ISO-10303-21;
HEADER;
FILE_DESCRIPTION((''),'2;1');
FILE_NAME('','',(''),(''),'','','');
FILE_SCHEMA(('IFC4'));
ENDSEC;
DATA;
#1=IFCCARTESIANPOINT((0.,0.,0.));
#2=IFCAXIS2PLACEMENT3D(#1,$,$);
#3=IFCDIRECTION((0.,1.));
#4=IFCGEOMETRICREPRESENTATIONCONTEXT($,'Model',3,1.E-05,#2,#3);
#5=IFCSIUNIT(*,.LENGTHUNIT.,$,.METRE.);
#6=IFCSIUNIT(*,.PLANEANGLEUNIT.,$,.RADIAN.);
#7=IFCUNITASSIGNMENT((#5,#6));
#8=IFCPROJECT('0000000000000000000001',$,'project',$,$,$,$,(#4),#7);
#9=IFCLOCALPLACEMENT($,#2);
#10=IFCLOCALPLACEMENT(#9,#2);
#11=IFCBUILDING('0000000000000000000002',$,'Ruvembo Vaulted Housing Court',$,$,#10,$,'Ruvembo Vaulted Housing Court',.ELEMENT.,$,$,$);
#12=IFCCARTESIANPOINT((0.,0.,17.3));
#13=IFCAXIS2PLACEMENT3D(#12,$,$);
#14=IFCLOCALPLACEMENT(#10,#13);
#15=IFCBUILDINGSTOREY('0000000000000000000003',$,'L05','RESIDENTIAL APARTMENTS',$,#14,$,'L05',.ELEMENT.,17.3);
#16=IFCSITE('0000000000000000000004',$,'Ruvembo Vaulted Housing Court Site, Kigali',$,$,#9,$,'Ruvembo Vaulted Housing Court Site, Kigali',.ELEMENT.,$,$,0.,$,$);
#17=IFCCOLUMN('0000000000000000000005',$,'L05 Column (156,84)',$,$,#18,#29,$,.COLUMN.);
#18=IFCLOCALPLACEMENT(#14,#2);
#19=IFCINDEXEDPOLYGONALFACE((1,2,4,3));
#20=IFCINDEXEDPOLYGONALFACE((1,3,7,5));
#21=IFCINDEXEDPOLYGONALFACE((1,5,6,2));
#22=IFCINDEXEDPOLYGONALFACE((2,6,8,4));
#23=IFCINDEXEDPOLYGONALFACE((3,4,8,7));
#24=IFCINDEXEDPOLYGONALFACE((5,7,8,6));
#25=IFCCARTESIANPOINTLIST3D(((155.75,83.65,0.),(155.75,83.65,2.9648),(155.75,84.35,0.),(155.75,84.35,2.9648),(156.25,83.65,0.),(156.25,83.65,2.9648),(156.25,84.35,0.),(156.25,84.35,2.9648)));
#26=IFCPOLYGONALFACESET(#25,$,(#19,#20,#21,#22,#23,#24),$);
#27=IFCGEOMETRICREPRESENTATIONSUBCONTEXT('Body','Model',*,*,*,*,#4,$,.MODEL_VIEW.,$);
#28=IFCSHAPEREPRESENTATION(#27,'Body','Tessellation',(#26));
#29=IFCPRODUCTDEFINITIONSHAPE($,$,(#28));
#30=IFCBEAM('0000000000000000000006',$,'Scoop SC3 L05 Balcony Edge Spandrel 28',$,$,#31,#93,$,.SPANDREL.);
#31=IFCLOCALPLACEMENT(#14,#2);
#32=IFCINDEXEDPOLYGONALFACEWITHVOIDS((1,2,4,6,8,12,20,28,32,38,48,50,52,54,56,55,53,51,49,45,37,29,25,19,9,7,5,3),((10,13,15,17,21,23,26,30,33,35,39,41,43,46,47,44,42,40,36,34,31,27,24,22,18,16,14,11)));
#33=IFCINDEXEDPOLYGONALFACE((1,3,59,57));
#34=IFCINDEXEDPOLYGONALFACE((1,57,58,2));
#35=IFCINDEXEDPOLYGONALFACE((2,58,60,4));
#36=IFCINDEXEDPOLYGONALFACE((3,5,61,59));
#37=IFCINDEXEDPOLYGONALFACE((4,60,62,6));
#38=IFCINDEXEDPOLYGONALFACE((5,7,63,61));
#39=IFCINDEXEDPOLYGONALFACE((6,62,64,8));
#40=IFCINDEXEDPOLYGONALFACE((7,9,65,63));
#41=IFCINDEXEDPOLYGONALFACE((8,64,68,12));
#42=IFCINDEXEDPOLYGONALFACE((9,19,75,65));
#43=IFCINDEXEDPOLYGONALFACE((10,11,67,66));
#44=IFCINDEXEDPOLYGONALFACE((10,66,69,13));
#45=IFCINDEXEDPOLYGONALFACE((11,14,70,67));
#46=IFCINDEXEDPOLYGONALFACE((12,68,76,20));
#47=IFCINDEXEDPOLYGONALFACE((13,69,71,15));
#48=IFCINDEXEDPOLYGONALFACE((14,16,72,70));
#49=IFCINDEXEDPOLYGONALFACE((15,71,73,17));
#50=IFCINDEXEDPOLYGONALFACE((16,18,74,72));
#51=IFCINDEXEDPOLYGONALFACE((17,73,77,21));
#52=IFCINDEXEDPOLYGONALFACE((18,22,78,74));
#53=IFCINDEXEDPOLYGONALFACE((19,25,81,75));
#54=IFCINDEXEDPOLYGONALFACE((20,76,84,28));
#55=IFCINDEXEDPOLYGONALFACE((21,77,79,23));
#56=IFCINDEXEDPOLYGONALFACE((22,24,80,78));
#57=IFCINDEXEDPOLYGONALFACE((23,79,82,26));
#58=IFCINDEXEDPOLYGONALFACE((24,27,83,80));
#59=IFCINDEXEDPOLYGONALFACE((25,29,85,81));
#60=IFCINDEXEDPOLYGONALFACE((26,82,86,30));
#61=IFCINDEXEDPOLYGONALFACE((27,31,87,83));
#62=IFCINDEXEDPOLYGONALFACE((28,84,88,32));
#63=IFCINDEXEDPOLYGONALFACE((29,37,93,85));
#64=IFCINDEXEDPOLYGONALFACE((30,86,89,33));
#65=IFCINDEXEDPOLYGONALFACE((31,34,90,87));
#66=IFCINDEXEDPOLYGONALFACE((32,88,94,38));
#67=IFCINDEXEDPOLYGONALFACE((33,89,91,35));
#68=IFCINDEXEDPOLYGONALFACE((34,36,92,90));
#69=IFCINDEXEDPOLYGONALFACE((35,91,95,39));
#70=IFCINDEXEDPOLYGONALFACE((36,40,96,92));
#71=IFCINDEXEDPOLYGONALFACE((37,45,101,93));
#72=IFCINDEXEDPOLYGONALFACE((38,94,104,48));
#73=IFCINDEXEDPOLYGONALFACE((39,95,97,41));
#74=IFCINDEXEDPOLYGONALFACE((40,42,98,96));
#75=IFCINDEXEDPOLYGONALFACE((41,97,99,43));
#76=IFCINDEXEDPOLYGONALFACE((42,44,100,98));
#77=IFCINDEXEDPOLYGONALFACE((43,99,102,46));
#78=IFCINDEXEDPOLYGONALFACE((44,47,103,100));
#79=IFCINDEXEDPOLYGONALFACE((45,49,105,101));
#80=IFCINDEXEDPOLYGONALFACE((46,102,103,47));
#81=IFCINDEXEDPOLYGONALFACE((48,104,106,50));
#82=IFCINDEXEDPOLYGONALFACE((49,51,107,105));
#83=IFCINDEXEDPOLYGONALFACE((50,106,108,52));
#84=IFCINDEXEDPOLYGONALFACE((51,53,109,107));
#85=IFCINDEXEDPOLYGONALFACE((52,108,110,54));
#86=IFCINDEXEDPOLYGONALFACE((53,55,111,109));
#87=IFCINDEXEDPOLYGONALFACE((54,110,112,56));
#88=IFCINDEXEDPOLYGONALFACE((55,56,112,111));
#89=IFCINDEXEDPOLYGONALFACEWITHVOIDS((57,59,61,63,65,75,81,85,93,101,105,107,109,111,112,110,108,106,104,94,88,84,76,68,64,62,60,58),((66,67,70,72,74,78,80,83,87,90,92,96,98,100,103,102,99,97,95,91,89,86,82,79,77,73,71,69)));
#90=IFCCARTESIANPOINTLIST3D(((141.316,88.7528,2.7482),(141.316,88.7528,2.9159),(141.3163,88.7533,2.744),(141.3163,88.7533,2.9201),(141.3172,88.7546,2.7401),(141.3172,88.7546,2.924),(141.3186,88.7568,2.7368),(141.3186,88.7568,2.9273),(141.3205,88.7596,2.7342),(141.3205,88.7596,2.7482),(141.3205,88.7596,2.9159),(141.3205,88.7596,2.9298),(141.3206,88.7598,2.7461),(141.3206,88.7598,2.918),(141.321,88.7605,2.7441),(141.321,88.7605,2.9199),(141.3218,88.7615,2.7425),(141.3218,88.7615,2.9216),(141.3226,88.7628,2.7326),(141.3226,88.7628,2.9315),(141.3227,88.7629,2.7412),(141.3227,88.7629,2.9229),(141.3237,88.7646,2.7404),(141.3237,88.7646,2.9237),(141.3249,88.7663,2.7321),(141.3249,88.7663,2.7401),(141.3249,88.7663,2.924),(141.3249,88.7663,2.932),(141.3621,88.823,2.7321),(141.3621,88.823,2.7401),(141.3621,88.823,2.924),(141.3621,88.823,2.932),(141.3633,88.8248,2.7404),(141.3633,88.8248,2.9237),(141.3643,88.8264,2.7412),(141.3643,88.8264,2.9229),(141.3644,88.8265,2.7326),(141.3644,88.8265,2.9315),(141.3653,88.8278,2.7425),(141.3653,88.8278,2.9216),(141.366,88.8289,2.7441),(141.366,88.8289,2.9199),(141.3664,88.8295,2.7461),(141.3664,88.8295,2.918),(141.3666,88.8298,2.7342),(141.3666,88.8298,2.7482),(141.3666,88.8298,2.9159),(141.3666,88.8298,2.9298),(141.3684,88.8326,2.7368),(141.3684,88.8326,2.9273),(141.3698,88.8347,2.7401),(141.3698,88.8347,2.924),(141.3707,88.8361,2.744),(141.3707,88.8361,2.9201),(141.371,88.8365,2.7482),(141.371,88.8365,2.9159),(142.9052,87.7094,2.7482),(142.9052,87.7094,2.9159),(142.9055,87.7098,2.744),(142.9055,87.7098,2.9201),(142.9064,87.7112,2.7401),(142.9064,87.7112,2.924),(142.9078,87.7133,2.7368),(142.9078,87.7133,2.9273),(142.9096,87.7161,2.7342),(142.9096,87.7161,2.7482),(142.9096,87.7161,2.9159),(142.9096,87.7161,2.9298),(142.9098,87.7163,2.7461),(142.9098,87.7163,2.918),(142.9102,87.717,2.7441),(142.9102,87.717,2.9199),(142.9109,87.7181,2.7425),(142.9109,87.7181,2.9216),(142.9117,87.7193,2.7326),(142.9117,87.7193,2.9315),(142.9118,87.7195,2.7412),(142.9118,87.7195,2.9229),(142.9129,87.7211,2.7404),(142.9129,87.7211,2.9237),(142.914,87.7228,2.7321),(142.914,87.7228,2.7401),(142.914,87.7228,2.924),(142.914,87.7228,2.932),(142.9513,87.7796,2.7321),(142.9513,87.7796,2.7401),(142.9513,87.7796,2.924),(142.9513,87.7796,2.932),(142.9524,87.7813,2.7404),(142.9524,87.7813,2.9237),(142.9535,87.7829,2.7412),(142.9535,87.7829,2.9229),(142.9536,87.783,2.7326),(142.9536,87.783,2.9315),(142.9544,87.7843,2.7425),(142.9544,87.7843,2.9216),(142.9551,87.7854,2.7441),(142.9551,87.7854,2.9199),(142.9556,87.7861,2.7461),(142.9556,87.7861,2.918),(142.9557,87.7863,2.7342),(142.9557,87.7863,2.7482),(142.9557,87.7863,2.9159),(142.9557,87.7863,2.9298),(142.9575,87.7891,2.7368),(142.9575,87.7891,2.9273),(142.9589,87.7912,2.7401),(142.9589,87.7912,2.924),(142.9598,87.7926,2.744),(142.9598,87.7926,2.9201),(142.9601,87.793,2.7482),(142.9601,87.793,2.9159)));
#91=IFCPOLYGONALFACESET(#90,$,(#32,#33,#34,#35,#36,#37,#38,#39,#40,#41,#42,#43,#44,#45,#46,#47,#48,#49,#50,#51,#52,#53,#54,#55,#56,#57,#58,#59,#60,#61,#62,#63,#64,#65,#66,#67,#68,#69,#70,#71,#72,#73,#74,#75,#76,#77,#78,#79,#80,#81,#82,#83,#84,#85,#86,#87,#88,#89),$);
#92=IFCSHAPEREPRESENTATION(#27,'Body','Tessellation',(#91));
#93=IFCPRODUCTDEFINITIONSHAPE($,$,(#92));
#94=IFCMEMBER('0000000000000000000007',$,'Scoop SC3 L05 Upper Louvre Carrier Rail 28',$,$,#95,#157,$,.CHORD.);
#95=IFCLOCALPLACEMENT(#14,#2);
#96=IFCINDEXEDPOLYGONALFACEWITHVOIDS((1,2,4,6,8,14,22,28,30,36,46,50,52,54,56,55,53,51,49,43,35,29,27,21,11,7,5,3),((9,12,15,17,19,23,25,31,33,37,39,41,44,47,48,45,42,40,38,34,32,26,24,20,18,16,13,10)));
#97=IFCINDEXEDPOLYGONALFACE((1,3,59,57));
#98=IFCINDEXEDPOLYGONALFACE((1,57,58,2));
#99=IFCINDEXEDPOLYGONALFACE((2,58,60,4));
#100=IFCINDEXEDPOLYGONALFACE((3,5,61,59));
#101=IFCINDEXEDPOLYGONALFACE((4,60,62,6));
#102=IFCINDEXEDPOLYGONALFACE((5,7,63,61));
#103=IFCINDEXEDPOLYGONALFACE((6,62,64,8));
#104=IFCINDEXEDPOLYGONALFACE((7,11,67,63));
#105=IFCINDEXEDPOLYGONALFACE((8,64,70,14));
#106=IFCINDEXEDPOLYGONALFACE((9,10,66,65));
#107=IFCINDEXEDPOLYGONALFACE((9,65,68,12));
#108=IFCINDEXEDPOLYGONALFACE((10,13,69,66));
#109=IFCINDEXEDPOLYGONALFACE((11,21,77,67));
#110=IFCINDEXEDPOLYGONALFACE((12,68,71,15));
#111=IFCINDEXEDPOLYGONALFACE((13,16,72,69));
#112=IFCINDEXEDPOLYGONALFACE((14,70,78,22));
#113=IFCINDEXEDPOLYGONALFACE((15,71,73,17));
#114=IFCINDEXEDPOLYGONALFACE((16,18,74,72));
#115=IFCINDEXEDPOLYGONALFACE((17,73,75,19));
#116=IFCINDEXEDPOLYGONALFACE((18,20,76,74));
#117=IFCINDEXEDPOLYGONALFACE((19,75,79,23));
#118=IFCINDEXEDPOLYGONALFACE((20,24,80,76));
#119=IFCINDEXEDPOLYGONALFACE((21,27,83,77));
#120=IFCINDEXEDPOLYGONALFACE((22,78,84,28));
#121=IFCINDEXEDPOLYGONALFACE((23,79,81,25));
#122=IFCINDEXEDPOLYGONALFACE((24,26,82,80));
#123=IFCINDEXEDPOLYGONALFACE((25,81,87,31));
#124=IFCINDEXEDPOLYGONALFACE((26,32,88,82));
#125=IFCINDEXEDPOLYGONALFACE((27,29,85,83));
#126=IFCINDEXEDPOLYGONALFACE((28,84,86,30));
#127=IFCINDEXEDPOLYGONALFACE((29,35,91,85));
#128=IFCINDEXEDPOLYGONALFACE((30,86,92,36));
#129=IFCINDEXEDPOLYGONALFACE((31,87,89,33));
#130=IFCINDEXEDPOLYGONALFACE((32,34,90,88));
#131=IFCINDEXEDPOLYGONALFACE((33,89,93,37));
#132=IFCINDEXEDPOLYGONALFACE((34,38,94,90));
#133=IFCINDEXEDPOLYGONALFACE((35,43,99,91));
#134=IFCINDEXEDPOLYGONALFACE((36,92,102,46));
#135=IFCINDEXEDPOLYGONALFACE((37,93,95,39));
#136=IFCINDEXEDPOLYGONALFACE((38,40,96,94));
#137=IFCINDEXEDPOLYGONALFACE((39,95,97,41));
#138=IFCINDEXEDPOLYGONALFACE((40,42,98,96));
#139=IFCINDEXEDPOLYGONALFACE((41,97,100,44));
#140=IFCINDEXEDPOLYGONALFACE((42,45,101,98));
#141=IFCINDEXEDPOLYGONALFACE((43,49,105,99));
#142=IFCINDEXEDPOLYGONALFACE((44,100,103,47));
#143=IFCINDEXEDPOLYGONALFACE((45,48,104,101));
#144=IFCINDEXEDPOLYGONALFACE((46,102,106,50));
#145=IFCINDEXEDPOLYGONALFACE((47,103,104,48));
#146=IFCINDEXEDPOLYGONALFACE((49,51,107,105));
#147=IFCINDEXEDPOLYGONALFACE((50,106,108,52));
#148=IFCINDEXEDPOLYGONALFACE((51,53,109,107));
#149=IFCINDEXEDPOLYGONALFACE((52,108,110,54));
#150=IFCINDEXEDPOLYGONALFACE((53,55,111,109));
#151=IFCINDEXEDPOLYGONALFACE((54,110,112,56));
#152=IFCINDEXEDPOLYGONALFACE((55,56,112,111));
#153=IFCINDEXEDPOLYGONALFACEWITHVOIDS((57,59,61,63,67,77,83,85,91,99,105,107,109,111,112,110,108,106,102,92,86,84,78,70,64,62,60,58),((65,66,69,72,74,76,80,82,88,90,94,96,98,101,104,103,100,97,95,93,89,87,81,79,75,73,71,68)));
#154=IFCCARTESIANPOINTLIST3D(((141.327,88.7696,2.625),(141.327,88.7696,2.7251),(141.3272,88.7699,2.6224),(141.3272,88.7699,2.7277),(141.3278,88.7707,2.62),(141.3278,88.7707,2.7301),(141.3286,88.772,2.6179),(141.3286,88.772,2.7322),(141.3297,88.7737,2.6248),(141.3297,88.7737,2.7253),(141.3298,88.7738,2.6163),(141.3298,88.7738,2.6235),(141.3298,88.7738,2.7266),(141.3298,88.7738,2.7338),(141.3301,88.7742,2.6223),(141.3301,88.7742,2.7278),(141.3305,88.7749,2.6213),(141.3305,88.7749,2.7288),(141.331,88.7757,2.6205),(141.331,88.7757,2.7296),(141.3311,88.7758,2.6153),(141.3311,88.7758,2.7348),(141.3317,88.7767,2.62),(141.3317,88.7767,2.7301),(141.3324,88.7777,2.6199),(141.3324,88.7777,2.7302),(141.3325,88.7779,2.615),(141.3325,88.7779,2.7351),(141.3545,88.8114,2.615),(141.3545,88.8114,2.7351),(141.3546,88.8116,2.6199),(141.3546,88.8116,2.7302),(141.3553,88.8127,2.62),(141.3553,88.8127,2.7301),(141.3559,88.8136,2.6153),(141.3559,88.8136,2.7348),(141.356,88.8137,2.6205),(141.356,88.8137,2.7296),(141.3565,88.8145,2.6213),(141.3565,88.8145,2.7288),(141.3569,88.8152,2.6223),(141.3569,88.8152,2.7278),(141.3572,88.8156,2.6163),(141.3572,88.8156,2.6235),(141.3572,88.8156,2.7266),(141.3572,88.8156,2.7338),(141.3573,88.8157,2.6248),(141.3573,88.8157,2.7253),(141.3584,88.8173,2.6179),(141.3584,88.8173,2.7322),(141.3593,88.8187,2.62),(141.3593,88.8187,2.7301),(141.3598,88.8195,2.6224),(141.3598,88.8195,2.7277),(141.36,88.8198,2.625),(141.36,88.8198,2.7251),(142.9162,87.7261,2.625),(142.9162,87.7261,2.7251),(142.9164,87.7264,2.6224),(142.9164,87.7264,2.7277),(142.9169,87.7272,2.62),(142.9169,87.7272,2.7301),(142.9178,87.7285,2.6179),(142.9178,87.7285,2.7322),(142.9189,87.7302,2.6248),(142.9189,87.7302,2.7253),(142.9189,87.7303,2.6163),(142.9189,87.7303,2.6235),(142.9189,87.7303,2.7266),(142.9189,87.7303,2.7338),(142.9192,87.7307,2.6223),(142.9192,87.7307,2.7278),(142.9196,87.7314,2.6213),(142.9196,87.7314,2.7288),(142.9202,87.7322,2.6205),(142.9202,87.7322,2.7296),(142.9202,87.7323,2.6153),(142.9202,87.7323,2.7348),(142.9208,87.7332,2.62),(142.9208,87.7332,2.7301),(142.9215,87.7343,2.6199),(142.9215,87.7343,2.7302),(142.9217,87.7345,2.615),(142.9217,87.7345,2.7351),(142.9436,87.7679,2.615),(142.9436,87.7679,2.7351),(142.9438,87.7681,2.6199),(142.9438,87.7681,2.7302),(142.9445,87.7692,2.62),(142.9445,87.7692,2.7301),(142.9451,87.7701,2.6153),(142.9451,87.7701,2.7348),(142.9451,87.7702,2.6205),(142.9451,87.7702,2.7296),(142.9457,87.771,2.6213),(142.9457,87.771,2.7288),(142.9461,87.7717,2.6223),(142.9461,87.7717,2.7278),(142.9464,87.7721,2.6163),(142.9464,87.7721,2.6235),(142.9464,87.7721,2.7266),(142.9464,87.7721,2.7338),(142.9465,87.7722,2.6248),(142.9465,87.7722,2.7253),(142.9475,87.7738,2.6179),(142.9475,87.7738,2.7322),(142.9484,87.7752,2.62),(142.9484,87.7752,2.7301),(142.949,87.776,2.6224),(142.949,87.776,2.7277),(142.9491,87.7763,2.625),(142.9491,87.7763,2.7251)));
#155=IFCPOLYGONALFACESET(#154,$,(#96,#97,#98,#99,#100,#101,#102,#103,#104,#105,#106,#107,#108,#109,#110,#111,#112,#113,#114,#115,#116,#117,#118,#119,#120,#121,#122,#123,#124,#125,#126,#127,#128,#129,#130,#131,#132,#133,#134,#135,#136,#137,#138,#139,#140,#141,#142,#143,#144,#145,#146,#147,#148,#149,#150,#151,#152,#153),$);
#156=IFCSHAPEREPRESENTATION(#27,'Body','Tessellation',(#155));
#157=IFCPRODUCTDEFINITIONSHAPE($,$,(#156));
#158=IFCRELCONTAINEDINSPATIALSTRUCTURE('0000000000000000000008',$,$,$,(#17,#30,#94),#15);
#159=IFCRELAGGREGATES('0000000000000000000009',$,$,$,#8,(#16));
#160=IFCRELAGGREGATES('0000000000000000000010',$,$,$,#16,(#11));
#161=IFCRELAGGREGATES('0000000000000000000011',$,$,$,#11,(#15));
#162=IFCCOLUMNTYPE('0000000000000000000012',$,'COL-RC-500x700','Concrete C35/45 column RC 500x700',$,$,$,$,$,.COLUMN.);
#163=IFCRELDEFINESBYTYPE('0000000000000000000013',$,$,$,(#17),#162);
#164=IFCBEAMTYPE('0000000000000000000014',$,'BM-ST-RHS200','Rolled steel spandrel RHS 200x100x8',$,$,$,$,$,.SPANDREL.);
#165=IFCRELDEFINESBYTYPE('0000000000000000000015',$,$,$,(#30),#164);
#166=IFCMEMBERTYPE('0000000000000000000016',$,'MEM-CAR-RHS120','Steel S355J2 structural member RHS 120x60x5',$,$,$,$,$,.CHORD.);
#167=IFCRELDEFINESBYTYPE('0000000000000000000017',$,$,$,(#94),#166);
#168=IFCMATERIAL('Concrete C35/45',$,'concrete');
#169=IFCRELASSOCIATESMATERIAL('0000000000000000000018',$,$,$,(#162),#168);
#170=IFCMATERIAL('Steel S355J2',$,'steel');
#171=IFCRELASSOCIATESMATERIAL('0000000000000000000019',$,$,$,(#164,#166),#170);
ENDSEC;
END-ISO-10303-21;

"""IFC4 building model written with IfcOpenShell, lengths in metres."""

from ifc_helpers import new_model, si_unit, direction, frame, origin, origin_2d, place, context, subcontext, project, spatial, rectangle, hollow_rectangle, extrude, material, material_profile, profile_set, type_object, element, save


model = new_model("IFC4")

# Units and contexts
model_context = context("Model", 3, precision=1e-05, world=origin(), true_north=direction((0.0, 1.0)))
body_context = subcontext(model_context, "Body", "Model", "MODEL_VIEW")
ifc_project = project(units=[si_unit("LENGTHUNIT", "METRE"), si_unit("PLANEANGLEUNIT", "RADIAN")], contexts=[model_context])

# Site, building, storey
site_placement = place(None, origin())
site = spatial("IfcSite", under=ifc_project, at=site_placement, Name="Ruvembo Vaulted Housing Court Site, Kigali", LongName="Ruvembo Vaulted Housing Court Site, Kigali", CompositionType="ELEMENT", RefElevation=0.0)
building_placement = place(site_placement, origin())
building = spatial("IfcBuilding", under=site, at=building_placement, Name="Ruvembo Vaulted Housing Court", LongName="Ruvembo Vaulted Housing Court", CompositionType="ELEMENT")
storey_placement = place(building_placement, frame((0.0, 0.0, 17.3)))
storey = spatial("IfcBuildingStorey", under=building, at=storey_placement, Name="L05", Description="RESIDENTIAL APARTMENTS", LongName="L05", CompositionType="ELEMENT", Elevation=17.3)

# Column
ifc_material_1 = material(Name="Concrete C35/45", Category="concrete")
ifc_material_profile_1 = material_profile(ifc_material_1, rectangle(XDim=0.5, YDim=0.7, at=origin_2d()), Name="RC 500x700")
ifc_profile_set_1 = profile_set([ifc_material_profile_1], Name="Concrete C35/45")
column_type = type_object("IfcColumnType", Name="COL-RC-500x700", Description="Concrete C35/45 column RC 500x700", PredefinedType="COLUMN", material=ifc_profile_set_1)
column_placement = place(storey_placement, frame((156.0, 84.0, 0.0), z_axis=(0.0, 0.0, 1.0), x_axis=(1.0, 0.0, 0.0)))
element("IfcColumn", 1, at=column_placement, inside=storey, type_object=column_type, Name="L05 Column (156,84)", PredefinedType="COLUMN", context=body_context, shape_type="SweptSolid", body=[
    extrude(rectangle(XDim=0.5, YDim=0.7, at=origin_2d()), origin(), (0.0, 0.0, 1.0), 2.9648),
])

# Beam
ifc_material_2 = material(Name="Steel S355J2", Category="steel")
ifc_material_profile_2 = material_profile(ifc_material_2, hollow_rectangle(XDim=0.1001, YDim=0.2, WallThickness=0.0081, InnerFilletRadius=0.0081, OuterFilletRadius=0.0161, at=origin_2d()), Name="RHS 200x100x8")
ifc_profile_set_2 = profile_set([ifc_material_profile_2], Name="Steel S355J2")
beam_type_1 = type_object("IfcBeamType", Name="BM-ST-RHS200", Description="Rolled steel spandrel RHS 200x100x8", PredefinedType="SPANDREL", material=ifc_profile_set_2)
beam_1_placement = place(storey_placement, frame((141.3435, 88.7947, 2.832), z_axis=(0.835902, -0.548878, 0.0), x_axis=(0.548878, 0.835902, 0.0)))
element("IfcBeam", 2, at=beam_1_placement, inside=storey, type_object=beam_type_1, Name="Scoop SC3 L05 Balcony Edge Spandrel 28", PredefinedType="SPANDREL", context=body_context, shape_type="SweptSolid", body=[
    extrude(hollow_rectangle(XDim=0.1001, YDim=0.2, WallThickness=0.0081, InnerFilletRadius=0.0081, OuterFilletRadius=0.0161, at=origin_2d()), origin(), (0.0, 0.0, 1.0), 1.9011),
])

# Member
ifc_material_profile_3 = material_profile(ifc_material_2, hollow_rectangle(XDim=0.0601, YDim=0.1201, WallThickness=0.0049, InnerFilletRadius=0.0049, OuterFilletRadius=0.01, at=origin_2d()), Name="RHS 120x60x5")
ifc_profile_set_3 = profile_set([ifc_material_profile_3], Name="Steel S355J2")
member_type_1 = type_object("IfcMemberType", Name="MEM-CAR-RHS120", Description="Steel S355J2 structural member RHS 120x60x5", PredefinedType="CHORD", material=ifc_profile_set_3)
member_1_placement = place(storey_placement, frame((141.3435, 88.7947, 2.675), z_axis=(0.835902, -0.548878, 0.0), x_axis=(0.548878, 0.835902, 0.0)))
element("IfcMember", 3, at=member_1_placement, inside=storey, type_object=member_type_1, Name="Scoop SC3 L05 Upper Louvre Carrier Rail 28", PredefinedType="CHORD", context=body_context, shape_type="SweptSolid", body=[
    extrude(hollow_rectangle(XDim=0.0601, YDim=0.1201, WallThickness=0.0049, InnerFilletRadius=0.0049, OuterFilletRadius=0.01, at=origin_2d()), origin(), (0.0, 0.0, 1.0), 1.9011),
])

save(model, "model.ifc")
